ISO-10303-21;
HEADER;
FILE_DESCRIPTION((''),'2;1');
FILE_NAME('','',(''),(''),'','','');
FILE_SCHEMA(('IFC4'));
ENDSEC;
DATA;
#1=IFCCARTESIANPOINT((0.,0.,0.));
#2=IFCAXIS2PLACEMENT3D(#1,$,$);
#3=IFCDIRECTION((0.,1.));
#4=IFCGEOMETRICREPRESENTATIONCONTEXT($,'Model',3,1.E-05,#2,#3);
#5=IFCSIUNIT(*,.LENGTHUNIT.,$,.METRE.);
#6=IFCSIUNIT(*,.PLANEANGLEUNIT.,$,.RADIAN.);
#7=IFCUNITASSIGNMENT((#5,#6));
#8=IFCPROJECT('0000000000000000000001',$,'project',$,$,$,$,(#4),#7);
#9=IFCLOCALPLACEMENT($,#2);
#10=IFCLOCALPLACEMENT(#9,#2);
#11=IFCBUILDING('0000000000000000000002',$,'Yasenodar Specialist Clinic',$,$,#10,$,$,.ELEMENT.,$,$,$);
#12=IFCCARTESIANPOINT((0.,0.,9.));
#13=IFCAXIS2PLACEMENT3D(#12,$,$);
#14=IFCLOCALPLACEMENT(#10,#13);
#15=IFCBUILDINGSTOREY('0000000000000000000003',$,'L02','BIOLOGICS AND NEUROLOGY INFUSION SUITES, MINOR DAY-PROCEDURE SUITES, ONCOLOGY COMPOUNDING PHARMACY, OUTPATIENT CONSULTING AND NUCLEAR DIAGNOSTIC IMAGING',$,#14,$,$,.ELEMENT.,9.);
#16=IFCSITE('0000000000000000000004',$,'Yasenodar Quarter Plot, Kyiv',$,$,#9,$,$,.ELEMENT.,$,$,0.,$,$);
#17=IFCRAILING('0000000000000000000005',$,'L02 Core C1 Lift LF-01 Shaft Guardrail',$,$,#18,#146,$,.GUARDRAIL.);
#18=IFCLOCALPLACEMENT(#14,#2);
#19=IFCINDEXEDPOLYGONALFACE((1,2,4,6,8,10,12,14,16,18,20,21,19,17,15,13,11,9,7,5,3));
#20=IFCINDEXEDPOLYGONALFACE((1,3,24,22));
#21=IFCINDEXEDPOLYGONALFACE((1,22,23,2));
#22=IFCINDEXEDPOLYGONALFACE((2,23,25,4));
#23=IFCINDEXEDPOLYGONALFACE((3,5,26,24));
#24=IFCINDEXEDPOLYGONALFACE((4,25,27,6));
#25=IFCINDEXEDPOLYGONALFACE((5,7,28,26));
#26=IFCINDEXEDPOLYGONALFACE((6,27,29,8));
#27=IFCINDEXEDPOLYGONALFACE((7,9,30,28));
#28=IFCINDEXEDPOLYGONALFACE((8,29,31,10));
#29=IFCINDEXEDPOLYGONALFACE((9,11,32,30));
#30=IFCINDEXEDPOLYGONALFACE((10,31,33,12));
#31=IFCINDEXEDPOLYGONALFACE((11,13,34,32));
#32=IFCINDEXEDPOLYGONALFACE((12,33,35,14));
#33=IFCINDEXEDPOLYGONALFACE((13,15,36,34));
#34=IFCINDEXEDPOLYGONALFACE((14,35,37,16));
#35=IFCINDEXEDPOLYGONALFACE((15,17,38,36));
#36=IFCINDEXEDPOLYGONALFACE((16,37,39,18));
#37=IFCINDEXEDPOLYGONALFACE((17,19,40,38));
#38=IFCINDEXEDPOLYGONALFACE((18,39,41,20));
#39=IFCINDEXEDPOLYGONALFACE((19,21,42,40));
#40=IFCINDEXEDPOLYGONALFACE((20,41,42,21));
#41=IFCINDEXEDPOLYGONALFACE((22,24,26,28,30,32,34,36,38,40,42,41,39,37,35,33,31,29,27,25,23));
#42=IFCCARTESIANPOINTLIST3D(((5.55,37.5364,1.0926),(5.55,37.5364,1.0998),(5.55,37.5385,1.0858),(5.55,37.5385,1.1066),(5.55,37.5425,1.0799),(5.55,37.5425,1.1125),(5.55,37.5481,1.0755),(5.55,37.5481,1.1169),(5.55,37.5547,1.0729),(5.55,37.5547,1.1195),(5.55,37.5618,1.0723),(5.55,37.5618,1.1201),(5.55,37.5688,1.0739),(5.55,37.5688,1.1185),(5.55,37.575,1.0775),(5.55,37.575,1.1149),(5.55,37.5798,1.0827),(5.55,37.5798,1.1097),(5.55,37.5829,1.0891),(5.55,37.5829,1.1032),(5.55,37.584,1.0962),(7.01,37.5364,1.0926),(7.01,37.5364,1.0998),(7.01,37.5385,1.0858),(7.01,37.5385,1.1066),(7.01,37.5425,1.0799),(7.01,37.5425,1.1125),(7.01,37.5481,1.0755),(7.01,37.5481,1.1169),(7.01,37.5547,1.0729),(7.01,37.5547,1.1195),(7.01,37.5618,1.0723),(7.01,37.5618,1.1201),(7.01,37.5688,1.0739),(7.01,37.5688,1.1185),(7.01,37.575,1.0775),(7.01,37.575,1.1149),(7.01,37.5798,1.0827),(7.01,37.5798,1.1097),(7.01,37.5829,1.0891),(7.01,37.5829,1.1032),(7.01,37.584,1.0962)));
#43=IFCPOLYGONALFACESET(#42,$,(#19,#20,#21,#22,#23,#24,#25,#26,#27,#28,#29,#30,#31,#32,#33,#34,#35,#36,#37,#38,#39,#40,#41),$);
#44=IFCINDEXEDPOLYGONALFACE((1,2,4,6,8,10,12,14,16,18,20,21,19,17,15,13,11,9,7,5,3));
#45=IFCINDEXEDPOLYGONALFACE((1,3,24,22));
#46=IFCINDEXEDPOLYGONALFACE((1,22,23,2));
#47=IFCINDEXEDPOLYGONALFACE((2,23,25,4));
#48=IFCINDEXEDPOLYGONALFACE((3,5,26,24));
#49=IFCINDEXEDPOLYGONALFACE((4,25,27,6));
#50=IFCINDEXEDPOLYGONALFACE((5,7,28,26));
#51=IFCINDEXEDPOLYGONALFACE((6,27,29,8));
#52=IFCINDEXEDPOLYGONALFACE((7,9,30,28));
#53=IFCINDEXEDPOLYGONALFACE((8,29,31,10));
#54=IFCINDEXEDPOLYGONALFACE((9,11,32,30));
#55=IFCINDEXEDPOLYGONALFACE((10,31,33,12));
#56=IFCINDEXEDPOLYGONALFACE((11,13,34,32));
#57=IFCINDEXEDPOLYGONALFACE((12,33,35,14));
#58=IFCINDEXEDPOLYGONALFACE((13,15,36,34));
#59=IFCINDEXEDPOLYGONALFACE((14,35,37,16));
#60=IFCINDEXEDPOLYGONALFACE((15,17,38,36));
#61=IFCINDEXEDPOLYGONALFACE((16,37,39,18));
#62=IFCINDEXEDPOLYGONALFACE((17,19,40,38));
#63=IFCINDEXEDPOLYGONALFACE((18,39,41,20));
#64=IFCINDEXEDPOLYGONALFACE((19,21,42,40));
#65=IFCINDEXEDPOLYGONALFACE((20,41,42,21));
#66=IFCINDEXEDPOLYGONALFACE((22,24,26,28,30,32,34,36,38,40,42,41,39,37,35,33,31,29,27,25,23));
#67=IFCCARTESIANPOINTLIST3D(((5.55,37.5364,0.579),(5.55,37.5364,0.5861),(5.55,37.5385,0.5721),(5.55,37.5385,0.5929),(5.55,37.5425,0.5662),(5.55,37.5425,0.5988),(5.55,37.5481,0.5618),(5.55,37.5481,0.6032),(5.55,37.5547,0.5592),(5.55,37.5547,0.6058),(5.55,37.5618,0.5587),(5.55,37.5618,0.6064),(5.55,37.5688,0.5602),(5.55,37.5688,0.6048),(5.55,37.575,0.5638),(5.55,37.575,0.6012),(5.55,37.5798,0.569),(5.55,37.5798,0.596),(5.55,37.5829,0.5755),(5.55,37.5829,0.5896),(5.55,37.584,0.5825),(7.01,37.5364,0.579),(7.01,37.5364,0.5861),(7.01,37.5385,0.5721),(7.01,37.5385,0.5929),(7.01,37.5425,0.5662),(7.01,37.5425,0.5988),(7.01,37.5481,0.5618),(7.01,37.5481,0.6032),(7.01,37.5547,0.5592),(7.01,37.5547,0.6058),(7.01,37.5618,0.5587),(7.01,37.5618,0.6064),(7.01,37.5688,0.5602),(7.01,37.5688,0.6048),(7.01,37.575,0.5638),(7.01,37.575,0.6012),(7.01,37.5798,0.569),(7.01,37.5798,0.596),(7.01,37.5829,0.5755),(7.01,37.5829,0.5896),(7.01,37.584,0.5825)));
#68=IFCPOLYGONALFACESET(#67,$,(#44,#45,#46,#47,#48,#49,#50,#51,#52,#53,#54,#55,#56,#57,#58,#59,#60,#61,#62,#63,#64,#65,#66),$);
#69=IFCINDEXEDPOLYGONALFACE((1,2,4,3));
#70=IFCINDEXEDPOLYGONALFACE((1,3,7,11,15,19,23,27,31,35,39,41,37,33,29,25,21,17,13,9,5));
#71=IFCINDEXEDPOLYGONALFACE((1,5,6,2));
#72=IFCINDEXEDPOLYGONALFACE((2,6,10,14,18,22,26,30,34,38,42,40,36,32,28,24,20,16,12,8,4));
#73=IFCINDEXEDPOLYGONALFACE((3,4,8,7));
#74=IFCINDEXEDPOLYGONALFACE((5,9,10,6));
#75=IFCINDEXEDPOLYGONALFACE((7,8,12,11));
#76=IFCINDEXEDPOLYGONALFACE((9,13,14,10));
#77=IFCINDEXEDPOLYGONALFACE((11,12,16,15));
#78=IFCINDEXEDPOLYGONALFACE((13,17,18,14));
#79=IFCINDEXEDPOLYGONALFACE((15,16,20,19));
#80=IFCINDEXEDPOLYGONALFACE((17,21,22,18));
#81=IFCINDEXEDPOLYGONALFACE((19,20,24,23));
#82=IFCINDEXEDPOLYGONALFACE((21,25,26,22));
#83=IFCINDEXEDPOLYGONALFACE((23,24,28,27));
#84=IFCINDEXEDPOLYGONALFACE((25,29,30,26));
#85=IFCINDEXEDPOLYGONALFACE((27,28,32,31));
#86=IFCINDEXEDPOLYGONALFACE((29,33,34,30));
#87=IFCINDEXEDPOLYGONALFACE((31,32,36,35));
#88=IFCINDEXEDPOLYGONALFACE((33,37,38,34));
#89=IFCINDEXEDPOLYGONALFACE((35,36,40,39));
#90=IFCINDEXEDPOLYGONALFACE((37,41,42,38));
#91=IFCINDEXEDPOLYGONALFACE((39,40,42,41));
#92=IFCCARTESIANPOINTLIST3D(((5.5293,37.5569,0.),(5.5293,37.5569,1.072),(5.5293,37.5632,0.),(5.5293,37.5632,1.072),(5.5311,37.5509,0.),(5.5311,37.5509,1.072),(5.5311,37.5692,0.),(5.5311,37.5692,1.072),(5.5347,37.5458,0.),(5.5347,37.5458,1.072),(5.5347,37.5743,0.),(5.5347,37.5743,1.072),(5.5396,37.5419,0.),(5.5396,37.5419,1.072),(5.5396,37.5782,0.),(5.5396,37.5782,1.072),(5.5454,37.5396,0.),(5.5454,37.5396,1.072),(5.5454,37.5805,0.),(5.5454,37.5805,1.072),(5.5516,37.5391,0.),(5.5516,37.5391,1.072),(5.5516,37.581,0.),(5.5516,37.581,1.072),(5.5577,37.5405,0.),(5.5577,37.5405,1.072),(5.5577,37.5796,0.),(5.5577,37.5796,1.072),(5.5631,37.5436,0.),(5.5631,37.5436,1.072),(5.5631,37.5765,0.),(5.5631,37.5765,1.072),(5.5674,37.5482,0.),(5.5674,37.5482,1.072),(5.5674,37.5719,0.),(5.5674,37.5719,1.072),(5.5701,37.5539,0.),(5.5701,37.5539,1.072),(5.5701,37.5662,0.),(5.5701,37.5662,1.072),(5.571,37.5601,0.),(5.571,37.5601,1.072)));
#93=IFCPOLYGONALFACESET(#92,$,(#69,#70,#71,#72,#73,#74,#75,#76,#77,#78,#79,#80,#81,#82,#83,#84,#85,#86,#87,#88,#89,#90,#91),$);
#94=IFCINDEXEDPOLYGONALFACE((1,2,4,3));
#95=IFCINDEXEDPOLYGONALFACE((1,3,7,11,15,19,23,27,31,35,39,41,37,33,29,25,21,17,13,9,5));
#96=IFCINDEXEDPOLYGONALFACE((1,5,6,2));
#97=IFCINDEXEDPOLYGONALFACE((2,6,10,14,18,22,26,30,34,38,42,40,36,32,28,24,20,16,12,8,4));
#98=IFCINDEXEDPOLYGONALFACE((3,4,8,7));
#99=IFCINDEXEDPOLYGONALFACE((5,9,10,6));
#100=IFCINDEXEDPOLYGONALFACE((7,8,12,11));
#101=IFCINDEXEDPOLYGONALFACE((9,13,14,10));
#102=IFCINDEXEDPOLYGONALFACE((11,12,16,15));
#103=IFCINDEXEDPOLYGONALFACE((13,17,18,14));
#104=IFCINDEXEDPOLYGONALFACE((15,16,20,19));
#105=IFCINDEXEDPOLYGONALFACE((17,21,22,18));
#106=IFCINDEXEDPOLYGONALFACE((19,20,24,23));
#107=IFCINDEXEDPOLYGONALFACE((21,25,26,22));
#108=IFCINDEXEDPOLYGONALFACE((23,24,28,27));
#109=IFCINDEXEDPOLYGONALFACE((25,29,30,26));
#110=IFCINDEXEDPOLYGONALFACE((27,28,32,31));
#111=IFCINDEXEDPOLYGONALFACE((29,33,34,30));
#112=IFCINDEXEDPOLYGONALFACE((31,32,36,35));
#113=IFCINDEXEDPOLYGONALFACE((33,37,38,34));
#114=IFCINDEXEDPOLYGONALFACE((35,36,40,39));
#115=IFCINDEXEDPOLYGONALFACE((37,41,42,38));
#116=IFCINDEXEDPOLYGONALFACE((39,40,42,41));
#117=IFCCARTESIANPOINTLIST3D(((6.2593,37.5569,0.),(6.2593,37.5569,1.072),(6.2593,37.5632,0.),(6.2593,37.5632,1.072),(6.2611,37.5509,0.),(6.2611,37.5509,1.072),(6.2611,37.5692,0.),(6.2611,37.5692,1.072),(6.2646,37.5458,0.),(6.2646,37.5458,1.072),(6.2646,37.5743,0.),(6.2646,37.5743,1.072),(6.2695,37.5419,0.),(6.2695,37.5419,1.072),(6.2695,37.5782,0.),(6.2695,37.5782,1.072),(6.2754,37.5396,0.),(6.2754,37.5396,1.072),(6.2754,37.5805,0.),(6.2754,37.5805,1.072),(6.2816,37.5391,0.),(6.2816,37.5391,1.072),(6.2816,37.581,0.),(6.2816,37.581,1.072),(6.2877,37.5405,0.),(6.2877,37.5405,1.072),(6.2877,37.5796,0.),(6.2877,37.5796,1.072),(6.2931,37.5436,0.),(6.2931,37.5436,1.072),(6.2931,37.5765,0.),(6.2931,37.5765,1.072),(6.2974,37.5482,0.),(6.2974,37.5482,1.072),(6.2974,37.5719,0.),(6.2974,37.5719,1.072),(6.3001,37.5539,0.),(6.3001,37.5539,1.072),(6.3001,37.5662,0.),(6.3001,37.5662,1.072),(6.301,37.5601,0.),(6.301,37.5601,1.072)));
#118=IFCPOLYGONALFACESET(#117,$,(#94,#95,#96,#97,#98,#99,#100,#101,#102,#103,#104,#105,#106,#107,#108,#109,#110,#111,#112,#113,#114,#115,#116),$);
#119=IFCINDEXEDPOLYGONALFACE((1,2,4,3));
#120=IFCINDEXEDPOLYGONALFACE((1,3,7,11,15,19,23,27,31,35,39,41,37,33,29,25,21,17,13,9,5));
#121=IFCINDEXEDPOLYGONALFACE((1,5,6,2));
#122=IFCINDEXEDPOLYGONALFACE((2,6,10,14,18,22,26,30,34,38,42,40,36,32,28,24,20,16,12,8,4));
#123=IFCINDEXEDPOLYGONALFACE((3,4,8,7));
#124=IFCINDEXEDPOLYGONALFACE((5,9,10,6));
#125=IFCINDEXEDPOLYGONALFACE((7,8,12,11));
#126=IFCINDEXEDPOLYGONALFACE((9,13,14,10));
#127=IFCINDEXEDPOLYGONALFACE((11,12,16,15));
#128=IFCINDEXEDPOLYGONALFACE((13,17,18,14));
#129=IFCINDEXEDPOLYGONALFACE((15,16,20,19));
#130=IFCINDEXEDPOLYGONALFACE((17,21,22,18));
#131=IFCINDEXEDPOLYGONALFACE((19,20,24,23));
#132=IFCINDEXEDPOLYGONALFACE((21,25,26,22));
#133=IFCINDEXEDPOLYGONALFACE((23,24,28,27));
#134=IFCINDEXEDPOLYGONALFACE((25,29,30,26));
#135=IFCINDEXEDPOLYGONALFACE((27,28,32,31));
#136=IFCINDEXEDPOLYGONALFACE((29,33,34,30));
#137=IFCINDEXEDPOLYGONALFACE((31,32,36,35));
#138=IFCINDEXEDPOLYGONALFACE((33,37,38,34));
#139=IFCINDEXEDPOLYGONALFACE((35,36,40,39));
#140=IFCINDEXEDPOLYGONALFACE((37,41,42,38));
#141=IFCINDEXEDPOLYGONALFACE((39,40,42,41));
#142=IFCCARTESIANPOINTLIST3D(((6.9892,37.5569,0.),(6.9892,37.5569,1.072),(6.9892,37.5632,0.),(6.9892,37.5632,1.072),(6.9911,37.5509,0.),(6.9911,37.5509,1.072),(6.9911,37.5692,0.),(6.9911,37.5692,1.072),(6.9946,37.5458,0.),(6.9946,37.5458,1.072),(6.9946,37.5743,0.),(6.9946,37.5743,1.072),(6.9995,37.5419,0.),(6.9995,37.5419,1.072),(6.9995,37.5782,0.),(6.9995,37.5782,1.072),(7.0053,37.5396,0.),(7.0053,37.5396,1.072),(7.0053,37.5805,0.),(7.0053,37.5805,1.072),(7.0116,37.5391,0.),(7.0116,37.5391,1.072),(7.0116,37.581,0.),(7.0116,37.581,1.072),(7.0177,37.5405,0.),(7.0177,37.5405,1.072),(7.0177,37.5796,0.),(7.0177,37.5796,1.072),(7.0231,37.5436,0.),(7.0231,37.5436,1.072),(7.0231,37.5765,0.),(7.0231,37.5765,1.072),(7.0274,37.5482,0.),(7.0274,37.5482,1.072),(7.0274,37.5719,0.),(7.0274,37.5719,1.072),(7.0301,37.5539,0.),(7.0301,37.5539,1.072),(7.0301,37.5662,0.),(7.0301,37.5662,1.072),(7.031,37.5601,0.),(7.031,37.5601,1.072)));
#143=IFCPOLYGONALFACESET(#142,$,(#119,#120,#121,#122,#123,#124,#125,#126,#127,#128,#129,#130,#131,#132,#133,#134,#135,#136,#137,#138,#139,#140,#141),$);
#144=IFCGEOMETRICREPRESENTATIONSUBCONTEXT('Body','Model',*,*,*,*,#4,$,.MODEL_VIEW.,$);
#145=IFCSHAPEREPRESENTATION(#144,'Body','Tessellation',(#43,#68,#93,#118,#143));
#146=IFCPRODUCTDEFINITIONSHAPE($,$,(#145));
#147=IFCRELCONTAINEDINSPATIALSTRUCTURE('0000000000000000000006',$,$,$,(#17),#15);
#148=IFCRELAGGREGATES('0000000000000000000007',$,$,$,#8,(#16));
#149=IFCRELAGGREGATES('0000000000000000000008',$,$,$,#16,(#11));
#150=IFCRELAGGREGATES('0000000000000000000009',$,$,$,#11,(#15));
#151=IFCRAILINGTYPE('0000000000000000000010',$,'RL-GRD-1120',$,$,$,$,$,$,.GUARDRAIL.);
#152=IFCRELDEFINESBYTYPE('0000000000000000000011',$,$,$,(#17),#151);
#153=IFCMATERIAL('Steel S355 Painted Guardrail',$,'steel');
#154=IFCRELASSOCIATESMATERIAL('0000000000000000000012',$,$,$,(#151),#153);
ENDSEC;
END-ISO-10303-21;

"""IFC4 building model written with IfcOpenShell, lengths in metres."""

from ifc_helpers import new_model, si_unit, direction, frame, origin, origin_2d, place, context, subcontext, project, spatial, circle, extrude, material, type_object, element, save


model = new_model("IFC4")

# Units and contexts
model_context = context("Model", 3, precision=1e-05, world=origin(), true_north=direction((0.0, 1.0)))
body_context = subcontext(model_context, "Body", "Model", "MODEL_VIEW")
ifc_project = project(units=[si_unit("LENGTHUNIT", "METRE"), si_unit("PLANEANGLEUNIT", "RADIAN")], contexts=[model_context])

# Site, building, storey
site_placement = place(None, origin())
site = spatial("IfcSite", under=ifc_project, at=site_placement, Name="Yasenodar Quarter Plot, Kyiv", CompositionType="ELEMENT", RefElevation=0.0)
building_placement = place(site_placement, origin())
building = spatial("IfcBuilding", under=site, at=building_placement, Name="Yasenodar Specialist Clinic", CompositionType="ELEMENT")
storey_placement = place(building_placement, frame((0.0, 0.0, 9.0)))
storey = spatial("IfcBuildingStorey", under=building, at=storey_placement, Name="L02", Description="BIOLOGICS AND NEUROLOGY INFUSION SUITES, MINOR DAY-PROCEDURE SUITES, ONCOLOGY COMPOUNDING PHARMACY, OUTPATIENT CONSULTING AND NUCLEAR DIAGNOSTIC IMAGING", CompositionType="ELEMENT", Elevation=9.0)

# Railing
ifc_material_1 = material(Name="Steel S355 Painted Guardrail", Category="steel")
railing_type_1 = type_object("IfcRailingType", Name="RL-GRD-1120", PredefinedType="GUARDRAIL", material=ifc_material_1)
railing_1_placement = place(storey_placement, frame((5.55, 37.5601, 0.0)))
element("IfcRailing", 1, at=railing_1_placement, inside=storey, type_object=railing_type_1, Name="L02 Core C1 Lift LF-01 Shaft Guardrail", PredefinedType="GUARDRAIL", context=body_context, shape_type="SweptSolid", body=[
    extrude(circle(Radius=0.0239, at=origin_2d()), frame((0.0, 0.0, 1.0962), z_axis=(1.0, 0.0, 0.0), x_axis=(0.0, 1.0, 0.0)), (0.0, 0.0, 1.0), 1.46),
    extrude(circle(Radius=0.0239, at=origin_2d()), frame((0.0, 0.0, 0.5825), z_axis=(1.0, 0.0, 0.0), x_axis=(0.0, 1.0, 0.0)), (0.0, 0.0, 1.0), 1.46),
    extrude(circle(Radius=0.021, at=origin_2d()), origin(), (0.0, 0.0, 1.0), 1.072),
    extrude(circle(Radius=0.021, at=origin_2d()), frame((0.73, 0.0, 0.0)), (0.0, 0.0, 1.0), 1.072),
    extrude(circle(Radius=0.021, at=origin_2d()), frame((1.46, 0.0, 0.0)), (0.0, 0.0, 1.0), 1.072),
])

save(model, "model.ifc")
